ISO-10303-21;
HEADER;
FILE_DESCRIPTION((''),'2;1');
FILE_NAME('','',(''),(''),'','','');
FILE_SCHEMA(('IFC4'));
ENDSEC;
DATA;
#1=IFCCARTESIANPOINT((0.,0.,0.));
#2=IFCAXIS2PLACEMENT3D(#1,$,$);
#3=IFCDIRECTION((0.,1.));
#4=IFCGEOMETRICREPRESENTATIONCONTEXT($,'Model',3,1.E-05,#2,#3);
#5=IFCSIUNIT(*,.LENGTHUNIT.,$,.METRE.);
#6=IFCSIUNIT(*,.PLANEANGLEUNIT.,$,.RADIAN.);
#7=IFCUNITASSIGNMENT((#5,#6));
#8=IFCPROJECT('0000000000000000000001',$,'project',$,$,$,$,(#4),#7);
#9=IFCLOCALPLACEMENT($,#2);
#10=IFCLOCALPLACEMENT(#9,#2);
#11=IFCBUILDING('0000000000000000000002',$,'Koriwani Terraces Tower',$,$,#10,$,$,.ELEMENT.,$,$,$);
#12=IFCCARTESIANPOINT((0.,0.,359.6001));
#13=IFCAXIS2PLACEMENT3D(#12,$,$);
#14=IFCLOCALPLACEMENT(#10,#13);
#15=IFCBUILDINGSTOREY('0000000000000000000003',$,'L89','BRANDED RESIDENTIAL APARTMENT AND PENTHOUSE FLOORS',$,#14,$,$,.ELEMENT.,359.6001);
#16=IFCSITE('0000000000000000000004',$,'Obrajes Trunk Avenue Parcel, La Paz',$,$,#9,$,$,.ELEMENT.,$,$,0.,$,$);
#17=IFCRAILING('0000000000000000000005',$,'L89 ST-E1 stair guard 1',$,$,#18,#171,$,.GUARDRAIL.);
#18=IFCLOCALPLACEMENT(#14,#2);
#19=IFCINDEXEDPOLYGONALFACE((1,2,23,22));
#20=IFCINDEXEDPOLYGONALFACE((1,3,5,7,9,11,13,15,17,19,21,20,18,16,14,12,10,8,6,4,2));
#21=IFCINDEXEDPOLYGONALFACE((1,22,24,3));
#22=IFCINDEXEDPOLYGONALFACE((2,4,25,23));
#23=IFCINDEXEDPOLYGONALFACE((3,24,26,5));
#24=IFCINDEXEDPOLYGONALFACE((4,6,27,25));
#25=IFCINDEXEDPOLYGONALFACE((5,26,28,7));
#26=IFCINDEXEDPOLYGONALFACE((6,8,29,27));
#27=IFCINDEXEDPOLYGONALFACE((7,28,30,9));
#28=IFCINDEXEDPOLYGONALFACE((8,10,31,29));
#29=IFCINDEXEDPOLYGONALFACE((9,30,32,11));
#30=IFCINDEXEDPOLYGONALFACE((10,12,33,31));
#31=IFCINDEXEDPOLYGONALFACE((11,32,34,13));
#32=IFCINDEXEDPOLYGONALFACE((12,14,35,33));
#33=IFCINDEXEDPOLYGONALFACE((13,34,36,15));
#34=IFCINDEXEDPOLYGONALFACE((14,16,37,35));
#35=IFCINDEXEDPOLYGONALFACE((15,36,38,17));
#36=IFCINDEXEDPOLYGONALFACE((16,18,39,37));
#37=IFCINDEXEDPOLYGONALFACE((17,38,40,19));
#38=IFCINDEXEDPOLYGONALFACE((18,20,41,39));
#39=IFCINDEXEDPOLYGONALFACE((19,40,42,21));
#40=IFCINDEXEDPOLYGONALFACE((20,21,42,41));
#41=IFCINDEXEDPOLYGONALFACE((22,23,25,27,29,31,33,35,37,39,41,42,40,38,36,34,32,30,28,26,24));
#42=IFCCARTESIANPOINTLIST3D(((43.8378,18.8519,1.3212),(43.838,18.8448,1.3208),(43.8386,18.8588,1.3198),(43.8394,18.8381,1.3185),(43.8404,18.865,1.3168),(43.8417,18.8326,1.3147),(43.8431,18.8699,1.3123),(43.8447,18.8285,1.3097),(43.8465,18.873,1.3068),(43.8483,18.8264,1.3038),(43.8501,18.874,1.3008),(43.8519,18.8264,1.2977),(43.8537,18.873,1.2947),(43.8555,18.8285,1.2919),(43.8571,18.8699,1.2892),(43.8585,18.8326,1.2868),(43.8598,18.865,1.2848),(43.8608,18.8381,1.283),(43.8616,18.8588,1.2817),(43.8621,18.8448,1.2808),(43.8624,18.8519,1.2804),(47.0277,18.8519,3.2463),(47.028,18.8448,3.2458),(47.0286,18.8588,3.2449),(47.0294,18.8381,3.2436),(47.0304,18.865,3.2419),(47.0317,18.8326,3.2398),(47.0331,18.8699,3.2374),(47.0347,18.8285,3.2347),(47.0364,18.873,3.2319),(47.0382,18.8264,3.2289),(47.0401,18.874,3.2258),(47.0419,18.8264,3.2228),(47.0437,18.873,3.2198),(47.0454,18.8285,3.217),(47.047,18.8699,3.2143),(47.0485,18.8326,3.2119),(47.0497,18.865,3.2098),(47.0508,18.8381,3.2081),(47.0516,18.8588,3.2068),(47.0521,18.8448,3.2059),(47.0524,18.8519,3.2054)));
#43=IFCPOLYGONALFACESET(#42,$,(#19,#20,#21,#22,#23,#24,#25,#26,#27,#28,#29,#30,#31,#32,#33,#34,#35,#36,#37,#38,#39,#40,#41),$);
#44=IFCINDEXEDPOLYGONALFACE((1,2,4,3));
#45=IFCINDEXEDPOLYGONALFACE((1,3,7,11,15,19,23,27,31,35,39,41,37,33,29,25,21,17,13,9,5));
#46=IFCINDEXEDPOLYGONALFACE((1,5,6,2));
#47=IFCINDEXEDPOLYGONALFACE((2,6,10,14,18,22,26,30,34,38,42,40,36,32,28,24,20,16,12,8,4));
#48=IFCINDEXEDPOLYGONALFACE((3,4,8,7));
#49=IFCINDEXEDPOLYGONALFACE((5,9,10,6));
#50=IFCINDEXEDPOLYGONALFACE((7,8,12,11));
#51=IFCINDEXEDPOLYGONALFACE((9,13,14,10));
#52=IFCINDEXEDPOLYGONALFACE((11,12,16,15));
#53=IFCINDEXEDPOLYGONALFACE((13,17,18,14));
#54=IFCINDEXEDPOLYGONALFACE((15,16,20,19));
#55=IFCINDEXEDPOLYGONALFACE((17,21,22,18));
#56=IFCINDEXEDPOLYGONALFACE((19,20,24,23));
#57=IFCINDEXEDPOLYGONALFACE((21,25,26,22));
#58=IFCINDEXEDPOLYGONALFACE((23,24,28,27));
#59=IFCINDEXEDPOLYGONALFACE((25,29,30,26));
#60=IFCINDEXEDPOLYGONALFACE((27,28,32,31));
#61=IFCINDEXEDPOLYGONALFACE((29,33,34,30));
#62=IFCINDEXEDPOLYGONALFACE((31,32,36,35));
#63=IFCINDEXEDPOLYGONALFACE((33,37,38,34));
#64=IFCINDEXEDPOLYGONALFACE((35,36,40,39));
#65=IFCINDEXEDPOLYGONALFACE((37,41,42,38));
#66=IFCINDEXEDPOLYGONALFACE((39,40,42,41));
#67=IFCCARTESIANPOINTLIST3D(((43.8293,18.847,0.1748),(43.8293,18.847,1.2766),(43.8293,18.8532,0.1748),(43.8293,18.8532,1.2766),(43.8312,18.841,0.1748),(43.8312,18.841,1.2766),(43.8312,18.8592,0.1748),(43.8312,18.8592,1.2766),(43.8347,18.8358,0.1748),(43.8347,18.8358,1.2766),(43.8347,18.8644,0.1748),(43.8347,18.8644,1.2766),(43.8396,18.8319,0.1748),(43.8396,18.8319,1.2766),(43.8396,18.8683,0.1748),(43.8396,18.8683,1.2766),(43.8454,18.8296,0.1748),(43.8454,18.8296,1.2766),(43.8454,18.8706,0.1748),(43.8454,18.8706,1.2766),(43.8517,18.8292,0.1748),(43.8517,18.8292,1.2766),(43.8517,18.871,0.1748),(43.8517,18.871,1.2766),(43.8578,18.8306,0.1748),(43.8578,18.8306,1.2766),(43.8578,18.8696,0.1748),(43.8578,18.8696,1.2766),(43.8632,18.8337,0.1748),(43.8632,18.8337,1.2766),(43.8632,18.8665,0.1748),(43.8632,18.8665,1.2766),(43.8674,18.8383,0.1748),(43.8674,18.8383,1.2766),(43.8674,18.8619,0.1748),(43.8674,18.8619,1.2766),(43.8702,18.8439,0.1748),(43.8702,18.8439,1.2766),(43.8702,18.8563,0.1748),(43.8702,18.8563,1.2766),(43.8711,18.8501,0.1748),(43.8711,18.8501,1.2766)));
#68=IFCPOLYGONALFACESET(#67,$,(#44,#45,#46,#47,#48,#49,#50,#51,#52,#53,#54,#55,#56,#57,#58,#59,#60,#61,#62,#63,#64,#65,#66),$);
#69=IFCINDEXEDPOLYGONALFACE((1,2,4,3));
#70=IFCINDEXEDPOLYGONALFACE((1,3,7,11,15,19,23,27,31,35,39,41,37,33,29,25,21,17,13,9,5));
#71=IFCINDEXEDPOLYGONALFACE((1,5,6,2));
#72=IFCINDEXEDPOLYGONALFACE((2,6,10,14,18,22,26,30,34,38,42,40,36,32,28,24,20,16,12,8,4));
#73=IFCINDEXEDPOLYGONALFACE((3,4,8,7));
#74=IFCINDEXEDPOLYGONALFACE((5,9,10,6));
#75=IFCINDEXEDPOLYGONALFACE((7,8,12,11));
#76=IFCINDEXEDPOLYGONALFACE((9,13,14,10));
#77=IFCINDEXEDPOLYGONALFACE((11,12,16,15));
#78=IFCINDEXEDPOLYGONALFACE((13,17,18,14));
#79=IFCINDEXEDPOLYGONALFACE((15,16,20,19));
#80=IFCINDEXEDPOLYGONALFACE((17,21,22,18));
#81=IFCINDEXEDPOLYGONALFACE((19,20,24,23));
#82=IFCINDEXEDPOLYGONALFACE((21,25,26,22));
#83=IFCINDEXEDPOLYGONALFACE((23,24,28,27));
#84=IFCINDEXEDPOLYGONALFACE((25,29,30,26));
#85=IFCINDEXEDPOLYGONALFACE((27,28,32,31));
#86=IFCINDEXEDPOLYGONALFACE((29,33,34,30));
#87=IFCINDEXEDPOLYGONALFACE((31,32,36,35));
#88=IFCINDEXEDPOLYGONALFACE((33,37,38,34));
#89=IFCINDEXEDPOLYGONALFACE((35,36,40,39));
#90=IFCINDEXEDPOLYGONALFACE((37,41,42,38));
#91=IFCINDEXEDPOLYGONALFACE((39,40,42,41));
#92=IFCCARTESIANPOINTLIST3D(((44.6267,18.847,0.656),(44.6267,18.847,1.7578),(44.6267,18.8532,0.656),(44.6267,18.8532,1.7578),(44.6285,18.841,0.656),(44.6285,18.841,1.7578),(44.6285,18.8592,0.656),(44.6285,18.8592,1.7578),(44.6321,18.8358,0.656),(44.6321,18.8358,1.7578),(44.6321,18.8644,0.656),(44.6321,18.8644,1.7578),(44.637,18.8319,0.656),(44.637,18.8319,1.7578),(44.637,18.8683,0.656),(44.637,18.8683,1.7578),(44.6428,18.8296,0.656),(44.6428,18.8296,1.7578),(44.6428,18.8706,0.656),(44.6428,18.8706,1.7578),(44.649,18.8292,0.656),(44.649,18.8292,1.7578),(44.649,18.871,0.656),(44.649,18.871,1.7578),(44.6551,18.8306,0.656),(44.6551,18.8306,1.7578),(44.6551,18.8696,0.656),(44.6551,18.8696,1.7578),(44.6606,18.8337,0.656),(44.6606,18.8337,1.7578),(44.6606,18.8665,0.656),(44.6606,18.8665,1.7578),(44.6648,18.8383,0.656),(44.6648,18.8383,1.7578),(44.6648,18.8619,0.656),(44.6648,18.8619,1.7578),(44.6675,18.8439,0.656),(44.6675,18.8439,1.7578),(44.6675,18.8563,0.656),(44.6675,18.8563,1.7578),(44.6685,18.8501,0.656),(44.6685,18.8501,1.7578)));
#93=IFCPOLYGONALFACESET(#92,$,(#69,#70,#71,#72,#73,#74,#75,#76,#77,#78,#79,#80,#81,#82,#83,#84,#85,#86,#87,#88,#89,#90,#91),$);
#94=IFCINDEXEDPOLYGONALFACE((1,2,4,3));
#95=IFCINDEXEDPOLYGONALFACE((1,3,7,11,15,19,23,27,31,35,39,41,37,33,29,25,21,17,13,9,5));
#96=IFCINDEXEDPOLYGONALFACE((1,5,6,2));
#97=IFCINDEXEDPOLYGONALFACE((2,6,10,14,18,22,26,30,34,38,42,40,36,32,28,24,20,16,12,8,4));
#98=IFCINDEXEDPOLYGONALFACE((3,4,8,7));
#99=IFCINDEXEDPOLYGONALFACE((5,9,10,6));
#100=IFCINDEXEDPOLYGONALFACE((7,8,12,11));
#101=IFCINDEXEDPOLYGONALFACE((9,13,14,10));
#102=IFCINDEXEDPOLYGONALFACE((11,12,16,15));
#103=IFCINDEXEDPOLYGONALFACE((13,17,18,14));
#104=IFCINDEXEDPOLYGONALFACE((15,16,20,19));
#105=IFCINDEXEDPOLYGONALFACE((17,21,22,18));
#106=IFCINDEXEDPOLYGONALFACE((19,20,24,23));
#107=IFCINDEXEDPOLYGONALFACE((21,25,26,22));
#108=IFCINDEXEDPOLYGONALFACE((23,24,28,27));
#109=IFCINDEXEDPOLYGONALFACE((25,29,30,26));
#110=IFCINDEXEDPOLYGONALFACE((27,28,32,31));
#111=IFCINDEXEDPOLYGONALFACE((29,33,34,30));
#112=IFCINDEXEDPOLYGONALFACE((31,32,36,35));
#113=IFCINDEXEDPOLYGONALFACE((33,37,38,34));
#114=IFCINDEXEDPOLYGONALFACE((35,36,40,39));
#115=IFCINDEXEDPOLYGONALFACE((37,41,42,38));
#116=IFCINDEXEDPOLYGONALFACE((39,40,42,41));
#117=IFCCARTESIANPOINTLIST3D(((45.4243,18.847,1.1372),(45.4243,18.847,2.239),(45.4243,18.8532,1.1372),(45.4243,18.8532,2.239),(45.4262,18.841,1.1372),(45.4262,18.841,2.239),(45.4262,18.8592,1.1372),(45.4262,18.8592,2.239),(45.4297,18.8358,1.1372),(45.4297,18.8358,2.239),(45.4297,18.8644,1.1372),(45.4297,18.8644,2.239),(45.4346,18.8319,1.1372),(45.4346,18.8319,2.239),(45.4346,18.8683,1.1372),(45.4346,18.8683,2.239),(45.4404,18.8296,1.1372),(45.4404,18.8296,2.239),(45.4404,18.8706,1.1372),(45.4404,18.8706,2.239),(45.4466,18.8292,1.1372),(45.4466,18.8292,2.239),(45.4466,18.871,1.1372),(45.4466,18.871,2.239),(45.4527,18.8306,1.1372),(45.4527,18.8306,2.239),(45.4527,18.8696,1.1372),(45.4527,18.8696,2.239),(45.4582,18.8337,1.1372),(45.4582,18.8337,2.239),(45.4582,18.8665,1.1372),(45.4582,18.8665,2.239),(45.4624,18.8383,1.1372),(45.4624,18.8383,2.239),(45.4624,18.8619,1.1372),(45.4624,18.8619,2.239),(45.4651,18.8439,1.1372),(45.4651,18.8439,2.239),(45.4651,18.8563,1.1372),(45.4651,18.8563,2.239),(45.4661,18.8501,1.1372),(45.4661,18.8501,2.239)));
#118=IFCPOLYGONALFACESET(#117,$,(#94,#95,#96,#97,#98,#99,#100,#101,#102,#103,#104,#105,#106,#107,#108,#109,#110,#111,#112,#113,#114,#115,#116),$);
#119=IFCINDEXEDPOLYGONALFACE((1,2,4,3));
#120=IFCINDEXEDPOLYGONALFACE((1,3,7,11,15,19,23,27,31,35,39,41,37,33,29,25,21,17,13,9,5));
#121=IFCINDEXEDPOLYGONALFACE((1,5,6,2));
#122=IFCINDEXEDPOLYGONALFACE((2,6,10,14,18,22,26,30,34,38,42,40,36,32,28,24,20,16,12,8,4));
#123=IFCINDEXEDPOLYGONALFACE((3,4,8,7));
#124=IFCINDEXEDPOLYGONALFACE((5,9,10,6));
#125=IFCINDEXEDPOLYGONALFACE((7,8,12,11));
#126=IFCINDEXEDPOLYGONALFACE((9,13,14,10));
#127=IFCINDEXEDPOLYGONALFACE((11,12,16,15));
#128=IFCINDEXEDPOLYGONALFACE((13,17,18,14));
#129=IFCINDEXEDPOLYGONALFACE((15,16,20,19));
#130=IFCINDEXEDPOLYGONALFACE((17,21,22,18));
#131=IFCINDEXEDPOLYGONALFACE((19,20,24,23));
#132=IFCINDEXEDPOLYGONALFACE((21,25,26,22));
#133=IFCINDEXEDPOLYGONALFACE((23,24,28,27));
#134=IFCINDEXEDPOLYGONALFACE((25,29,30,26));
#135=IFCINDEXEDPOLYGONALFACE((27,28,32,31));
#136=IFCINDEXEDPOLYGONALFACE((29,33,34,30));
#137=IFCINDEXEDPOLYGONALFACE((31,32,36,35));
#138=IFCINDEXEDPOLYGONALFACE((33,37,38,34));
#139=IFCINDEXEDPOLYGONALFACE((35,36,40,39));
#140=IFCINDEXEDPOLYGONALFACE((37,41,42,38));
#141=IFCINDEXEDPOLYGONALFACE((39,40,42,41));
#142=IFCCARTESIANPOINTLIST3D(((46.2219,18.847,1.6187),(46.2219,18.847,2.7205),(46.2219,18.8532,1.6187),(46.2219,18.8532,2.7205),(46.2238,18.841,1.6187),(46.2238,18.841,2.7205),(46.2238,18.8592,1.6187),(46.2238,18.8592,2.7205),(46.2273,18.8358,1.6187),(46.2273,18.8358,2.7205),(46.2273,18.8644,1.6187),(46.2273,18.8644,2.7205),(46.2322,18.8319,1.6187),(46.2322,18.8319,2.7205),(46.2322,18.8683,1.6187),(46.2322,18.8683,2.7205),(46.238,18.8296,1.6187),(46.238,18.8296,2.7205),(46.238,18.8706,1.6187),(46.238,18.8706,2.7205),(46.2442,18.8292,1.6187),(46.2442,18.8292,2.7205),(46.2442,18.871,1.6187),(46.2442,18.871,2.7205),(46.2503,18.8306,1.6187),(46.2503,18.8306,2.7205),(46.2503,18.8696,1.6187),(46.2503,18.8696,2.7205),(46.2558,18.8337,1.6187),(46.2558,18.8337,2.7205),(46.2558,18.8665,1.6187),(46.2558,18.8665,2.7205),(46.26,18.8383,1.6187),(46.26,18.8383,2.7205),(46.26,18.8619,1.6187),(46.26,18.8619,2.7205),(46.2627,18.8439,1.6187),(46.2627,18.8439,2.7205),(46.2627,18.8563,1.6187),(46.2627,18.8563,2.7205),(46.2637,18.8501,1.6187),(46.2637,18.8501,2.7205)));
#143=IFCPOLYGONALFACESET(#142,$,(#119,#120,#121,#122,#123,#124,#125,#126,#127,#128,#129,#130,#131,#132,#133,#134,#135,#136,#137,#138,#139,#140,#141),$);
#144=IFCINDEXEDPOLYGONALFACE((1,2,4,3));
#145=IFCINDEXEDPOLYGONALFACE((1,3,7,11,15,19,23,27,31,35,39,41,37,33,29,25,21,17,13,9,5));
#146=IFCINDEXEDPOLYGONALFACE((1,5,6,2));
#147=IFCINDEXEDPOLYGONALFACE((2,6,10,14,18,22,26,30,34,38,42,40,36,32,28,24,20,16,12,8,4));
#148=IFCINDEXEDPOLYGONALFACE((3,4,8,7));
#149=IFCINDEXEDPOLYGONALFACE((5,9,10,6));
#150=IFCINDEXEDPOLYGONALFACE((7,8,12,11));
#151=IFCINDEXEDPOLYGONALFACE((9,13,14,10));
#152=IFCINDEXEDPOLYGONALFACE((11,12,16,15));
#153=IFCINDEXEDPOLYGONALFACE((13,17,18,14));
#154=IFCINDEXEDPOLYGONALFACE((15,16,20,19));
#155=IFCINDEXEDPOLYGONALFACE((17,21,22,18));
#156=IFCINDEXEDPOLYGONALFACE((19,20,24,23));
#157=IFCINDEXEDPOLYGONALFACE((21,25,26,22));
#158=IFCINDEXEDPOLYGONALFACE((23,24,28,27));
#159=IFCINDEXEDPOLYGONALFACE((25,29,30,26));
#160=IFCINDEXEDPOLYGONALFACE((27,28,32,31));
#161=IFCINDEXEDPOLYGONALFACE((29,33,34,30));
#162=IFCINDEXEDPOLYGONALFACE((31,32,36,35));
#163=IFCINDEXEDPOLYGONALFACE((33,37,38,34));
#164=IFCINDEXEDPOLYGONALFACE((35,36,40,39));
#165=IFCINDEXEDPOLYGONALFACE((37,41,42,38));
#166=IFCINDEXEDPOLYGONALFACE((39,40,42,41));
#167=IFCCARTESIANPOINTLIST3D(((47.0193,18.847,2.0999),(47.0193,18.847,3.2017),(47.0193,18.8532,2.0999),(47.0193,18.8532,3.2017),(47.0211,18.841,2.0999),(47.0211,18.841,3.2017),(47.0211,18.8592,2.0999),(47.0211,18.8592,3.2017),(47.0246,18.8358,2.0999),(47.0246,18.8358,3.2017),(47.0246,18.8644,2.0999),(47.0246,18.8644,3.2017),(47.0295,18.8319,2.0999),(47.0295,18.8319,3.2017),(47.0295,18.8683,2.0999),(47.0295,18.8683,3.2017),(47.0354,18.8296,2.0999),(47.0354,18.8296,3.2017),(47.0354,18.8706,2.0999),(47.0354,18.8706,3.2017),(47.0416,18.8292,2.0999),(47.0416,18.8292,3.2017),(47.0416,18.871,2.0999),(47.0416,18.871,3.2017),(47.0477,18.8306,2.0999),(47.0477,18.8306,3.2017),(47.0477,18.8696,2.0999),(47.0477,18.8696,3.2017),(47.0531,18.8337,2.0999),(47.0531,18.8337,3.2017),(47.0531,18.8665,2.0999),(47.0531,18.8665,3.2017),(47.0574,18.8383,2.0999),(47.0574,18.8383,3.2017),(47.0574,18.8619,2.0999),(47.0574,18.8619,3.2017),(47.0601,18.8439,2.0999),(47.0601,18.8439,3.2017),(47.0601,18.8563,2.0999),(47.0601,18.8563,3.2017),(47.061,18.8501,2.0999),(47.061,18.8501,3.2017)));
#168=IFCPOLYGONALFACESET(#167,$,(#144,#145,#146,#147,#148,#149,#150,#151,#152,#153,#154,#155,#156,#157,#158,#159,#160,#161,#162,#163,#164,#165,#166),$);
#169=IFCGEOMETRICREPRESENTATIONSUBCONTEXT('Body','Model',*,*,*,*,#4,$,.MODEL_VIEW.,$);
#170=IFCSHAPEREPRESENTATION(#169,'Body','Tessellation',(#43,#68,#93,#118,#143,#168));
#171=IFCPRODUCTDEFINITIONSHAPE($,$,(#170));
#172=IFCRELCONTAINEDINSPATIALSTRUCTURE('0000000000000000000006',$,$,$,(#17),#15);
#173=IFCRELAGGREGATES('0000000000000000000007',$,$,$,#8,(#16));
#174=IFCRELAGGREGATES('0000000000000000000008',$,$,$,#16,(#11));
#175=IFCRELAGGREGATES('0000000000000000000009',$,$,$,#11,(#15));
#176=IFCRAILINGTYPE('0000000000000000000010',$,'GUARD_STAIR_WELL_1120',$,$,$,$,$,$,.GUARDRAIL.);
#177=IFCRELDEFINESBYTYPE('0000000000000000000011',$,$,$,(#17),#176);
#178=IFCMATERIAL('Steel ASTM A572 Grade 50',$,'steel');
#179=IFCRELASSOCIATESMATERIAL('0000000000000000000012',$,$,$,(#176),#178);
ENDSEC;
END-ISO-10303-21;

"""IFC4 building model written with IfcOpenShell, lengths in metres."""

from ifc_helpers import new_model, si_unit, direction, frame, origin, origin_2d, place, context, subcontext, project, spatial, circle, extrude, material, type_object, element, save


model = new_model("IFC4")

# Units and contexts
model_context = context("Model", 3, precision=1e-05, world=origin(), true_north=direction((0.0, 1.0)))
body_context = subcontext(model_context, "Body", "Model", "MODEL_VIEW")
ifc_project = project(units=[si_unit("LENGTHUNIT", "METRE"), si_unit("PLANEANGLEUNIT", "RADIAN")], contexts=[model_context])

# Site, building, storey
site_placement = place(None, origin())
site = spatial("IfcSite", under=ifc_project, at=site_placement, Name="Obrajes Trunk Avenue Parcel, La Paz", CompositionType="ELEMENT", RefElevation=0.0)
building_placement = place(site_placement, origin())
building = spatial("IfcBuilding", under=site, at=building_placement, Name="Koriwani Terraces Tower", CompositionType="ELEMENT")
storey_placement = place(building_placement, frame((0.0, 0.0, 359.6001)))
storey = spatial("IfcBuildingStorey", under=building, at=storey_placement, Name="L89", Description="BRANDED RESIDENTIAL APARTMENT AND PENTHOUSE FLOORS", CompositionType="ELEMENT", Elevation=359.6001)

# Shared definitions
ifc_material_1 = material(Name="Steel ASTM A572 Grade 50", Category="steel")

# Railing
railing_type_1 = type_object("IfcRailingType", Name="GUARD_STAIR_WELL_1120", PredefinedType="GUARDRAIL", material=ifc_material_1)
railing_1_placement = place(storey_placement, frame((43.8501, 18.8501, 0.1748)))
element("IfcRailing", 1, at=railing_1_placement, inside=storey, type_object=railing_type_1, Name="L89 ST-E1 stair guard 1", PredefinedType="GUARDRAIL", context=body_context, shape_type="SweptSolid", body=[
    extrude(circle(Radius=0.0239, at=origin_2d()), frame((0.0, 0.0, 1.126), z_axis=(0.856178, 0.0, 0.516682), x_axis=(0.0, 1.0, 0.0)), (0.0, 0.0, 1.0), 3.7258),
    extrude(circle(Radius=0.021, at=origin_2d()), origin(), (0.0, 0.0, 1.0), 1.1018),
    extrude(circle(Radius=0.021, at=origin_2d()), frame((0.7974, 0.0, 0.4812)), (0.0, 0.0, 1.0), 1.1018),
    extrude(circle(Radius=0.021, at=origin_2d()), frame((1.595, 0.0, 0.9624)), (0.0, 0.0, 1.0), 1.1018),
    extrude(circle(Radius=0.021, at=origin_2d()), frame((2.3926, 0.0, 1.4438)), (0.0, 0.0, 1.0), 1.1018),
    extrude(circle(Radius=0.021, at=origin_2d()), frame((3.1899, 0.0, 1.925)), (0.0, 0.0, 1.0), 1.1018),
])

save(model, "model.ifc")
